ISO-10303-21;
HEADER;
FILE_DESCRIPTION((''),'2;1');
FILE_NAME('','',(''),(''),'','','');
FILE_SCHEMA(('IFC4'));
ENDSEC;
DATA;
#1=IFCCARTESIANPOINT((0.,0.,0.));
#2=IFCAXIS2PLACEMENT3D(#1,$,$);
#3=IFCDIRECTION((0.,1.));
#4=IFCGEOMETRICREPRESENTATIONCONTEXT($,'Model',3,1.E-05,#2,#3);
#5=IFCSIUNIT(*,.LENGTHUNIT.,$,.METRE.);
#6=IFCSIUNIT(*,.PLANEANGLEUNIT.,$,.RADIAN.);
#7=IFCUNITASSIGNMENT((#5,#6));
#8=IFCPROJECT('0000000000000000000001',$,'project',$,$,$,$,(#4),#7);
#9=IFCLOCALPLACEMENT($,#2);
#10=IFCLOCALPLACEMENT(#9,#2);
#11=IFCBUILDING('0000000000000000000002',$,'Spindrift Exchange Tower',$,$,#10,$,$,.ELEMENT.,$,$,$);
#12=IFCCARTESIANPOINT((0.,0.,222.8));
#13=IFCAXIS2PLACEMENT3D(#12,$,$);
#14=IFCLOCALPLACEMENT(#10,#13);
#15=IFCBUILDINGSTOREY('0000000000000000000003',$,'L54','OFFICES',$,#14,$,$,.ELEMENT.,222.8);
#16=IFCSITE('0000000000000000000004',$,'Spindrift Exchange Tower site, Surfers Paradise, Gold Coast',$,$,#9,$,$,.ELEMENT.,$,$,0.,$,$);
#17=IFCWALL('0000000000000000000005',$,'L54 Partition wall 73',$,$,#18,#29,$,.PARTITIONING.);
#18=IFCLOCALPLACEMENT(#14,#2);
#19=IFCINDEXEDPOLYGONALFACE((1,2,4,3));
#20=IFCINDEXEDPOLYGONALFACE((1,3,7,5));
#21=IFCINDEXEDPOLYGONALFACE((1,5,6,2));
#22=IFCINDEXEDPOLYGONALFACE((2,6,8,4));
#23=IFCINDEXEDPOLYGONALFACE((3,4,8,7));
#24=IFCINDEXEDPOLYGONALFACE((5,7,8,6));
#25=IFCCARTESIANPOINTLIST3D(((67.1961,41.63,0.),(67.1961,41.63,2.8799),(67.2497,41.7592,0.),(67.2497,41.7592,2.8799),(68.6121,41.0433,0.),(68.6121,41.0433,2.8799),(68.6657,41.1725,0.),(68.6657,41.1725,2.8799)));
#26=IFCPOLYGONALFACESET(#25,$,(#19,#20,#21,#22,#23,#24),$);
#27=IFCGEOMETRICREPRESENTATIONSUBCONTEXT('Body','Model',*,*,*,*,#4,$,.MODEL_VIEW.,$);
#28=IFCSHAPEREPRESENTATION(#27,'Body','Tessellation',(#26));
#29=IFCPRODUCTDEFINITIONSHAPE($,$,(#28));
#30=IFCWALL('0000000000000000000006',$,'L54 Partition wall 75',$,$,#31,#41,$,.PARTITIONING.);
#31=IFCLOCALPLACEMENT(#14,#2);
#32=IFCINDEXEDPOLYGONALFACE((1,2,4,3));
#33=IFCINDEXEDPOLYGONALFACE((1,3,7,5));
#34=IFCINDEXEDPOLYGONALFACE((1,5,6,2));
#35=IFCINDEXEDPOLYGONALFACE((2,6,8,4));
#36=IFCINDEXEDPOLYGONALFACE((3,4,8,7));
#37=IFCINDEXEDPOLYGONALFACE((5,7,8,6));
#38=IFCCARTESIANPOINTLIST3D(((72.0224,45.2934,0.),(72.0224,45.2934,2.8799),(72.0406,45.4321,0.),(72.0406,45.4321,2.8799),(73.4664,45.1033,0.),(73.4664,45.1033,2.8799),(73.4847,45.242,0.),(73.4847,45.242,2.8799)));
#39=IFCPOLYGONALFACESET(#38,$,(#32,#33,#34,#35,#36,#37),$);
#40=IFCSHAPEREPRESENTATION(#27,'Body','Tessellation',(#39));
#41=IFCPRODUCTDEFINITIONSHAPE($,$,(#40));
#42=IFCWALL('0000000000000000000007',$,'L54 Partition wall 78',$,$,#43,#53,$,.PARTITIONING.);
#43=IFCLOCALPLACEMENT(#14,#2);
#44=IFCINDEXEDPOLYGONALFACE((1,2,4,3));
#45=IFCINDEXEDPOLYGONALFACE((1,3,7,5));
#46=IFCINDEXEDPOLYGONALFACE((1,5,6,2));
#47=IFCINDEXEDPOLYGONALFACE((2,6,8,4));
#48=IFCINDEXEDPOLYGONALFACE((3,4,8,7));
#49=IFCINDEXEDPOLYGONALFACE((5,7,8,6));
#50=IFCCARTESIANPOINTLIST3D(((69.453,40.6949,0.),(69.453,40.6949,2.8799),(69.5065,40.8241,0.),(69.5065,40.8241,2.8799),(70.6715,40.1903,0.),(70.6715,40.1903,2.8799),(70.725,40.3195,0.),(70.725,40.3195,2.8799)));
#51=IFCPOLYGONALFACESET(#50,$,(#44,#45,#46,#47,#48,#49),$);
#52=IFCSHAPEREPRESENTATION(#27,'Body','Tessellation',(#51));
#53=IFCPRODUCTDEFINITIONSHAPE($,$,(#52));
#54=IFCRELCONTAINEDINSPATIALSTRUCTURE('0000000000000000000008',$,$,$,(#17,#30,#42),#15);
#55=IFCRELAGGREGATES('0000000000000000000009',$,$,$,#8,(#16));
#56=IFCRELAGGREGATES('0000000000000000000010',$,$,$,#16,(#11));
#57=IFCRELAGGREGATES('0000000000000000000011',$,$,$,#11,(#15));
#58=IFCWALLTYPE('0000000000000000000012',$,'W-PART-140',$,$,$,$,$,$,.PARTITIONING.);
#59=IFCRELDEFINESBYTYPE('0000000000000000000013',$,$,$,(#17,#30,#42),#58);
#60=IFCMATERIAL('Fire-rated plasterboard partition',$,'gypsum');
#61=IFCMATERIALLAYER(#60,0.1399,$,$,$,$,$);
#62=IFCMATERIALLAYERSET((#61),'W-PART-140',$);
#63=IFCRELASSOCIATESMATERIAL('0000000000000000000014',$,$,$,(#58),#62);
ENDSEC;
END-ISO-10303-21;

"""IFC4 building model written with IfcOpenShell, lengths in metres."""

from ifc_helpers import new_model, si_unit, direction, frame, frame_2d, origin, place, context, subcontext, project, spatial, rectangle, extrude, material, layer, layer_set, type_object, element, save


model = new_model("IFC4")

# Units and contexts
model_context = context("Model", 3, precision=1e-05, world=origin(), true_north=direction((0.0, 1.0)))
body_context = subcontext(model_context, "Body", "Model", "MODEL_VIEW")
ifc_project = project(units=[si_unit("LENGTHUNIT", "METRE"), si_unit("PLANEANGLEUNIT", "RADIAN")], contexts=[model_context])

# Site, building, storey
site_placement = place(None, origin())
site = spatial("IfcSite", under=ifc_project, at=site_placement, Name="Spindrift Exchange Tower site, Surfers Paradise, Gold Coast", CompositionType="ELEMENT", RefElevation=0.0)
building_placement = place(site_placement, origin())
building = spatial("IfcBuilding", under=site, at=building_placement, Name="Spindrift Exchange Tower", CompositionType="ELEMENT")
storey_placement = place(building_placement, frame((0.0, 0.0, 222.8)))
storey = spatial("IfcBuildingStorey", under=building, at=storey_placement, Name="L54", Description="OFFICES", CompositionType="ELEMENT", Elevation=222.8)

# Shared definitions
ifc_material_1 = material(Name="Fire-rated plasterboard partition", Category="gypsum")
ifc_layer_1 = layer(ifc_material_1, 0.1399)
ifc_layer_set_1 = layer_set([ifc_layer_1], Name="W-PART-140")
wall_type_1 = type_object("IfcWallType", Name="W-PART-140", PredefinedType="PARTITIONING", material=ifc_layer_set_1)

# Walls
wall_1_placement = place(storey_placement, frame((67.2229, 41.6946, 0.0), z_axis=(0.0, 0.0, 1.0), x_axis=(0.923848, -0.38276, 0.0)))
element("IfcWall", 1, at=wall_1_placement, inside=storey, type_object=wall_type_1, Name="L54 Partition wall 73", PredefinedType="PARTITIONING", context=body_context, shape_type="SweptSolid", body=[
    extrude(rectangle(XDim=1.5327, YDim=0.1399, at=frame_2d((0.7664, 0.0))), origin(), (0.0, 0.0, 1.0), 2.8799),
])
wall_2_placement = place(storey_placement, frame((72.0315, 45.3628, 0.0), z_axis=(0.0, 0.0, 1.0), x_axis=(0.991439, -0.130572, 0.0)))
element("IfcWall", 2, at=wall_2_placement, inside=storey, type_object=wall_type_1, Name="L54 Partition wall 75", PredefinedType="PARTITIONING", context=body_context, shape_type="SweptSolid", body=[
    extrude(rectangle(XDim=1.4565, YDim=0.1399, at=frame_2d((0.7283, 0.0))), origin(), (0.0, 0.0, 1.0), 2.8799),
])
wall_3_placement = place(storey_placement, frame((69.4797, 40.7595, 0.0), z_axis=(0.0, 0.0, 1.0), x_axis=(0.923902, -0.38263, 0.0)))
element("IfcWall", 3, at=wall_3_placement, inside=storey, type_object=wall_type_1, Name="L54 Partition wall 78", PredefinedType="PARTITIONING", context=body_context, shape_type="SweptSolid", body=[
    extrude(rectangle(XDim=1.3188, YDim=0.1399, at=frame_2d((0.6594, 0.0))), origin(), (0.0, 0.0, 1.0), 2.8799),
])

save(model, "model.ifc")
